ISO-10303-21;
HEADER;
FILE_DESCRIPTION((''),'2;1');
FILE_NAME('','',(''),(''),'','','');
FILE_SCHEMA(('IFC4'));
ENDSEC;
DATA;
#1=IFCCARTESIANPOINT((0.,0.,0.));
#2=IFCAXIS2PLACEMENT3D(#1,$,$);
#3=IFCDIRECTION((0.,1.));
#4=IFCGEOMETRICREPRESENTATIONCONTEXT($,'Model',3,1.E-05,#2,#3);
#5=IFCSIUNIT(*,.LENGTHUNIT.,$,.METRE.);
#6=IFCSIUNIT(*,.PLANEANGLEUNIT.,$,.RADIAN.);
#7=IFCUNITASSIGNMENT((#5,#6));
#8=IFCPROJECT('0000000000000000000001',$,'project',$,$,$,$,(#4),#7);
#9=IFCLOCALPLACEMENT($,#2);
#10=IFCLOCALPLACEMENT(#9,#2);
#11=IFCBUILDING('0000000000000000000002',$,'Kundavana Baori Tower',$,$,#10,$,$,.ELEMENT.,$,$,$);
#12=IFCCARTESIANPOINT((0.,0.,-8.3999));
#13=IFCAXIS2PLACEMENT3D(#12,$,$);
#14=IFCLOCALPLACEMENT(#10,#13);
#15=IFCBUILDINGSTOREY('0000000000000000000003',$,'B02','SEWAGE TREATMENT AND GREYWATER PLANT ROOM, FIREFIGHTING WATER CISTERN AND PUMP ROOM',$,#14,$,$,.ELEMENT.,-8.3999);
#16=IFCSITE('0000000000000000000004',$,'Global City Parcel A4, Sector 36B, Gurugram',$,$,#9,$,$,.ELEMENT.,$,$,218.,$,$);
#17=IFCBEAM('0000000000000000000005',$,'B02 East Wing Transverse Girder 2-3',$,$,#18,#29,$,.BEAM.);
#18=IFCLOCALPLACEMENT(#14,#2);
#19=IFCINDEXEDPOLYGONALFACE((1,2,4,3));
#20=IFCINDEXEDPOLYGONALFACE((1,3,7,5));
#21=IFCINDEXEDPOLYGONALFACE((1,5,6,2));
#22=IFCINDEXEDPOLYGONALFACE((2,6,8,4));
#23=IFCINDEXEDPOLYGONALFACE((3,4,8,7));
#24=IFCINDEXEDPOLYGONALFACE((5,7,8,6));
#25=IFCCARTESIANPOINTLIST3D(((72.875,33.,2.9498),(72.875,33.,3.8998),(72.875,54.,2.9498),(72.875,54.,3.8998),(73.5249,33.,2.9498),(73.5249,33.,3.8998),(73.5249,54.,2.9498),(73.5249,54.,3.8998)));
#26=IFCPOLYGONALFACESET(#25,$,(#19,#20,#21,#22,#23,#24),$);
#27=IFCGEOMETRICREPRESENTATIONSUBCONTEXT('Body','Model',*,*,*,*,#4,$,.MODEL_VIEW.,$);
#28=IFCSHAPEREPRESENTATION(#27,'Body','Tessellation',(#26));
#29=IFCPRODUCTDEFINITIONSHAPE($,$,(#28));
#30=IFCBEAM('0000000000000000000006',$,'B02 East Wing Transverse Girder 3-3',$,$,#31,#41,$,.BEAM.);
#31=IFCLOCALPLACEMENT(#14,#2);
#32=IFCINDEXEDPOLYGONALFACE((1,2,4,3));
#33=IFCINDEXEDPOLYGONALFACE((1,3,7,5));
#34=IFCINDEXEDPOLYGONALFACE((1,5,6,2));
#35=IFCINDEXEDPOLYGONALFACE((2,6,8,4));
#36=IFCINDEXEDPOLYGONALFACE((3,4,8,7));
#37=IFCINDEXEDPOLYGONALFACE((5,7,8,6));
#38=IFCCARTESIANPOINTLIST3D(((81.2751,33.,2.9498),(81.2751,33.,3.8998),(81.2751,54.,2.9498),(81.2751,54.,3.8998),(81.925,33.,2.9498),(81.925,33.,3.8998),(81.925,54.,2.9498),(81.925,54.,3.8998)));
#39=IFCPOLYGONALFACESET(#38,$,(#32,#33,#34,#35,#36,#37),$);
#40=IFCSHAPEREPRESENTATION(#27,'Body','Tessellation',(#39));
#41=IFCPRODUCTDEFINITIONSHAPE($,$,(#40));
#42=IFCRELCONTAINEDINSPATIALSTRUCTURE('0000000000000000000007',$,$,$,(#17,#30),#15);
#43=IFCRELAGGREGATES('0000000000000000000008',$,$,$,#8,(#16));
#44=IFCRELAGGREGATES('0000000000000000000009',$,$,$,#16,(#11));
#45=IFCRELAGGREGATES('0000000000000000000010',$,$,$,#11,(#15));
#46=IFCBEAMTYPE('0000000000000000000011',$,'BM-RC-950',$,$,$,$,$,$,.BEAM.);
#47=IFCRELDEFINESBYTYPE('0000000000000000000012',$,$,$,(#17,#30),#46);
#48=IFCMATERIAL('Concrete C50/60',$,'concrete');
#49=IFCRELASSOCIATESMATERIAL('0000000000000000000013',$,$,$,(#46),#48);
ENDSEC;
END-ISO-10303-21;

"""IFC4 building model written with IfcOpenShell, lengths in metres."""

from ifc_helpers import new_model, si_unit, direction, frame, origin, origin_2d, place, context, subcontext, project, spatial, rectangle, extrude, material, material_profile, profile_set, type_object, element, save


model = new_model("IFC4")

# Units and contexts
model_context = context("Model", 3, precision=1e-05, world=origin(), true_north=direction((0.0, 1.0)))
body_context = subcontext(model_context, "Body", "Model", "MODEL_VIEW")
ifc_project = project(units=[si_unit("LENGTHUNIT", "METRE"), si_unit("PLANEANGLEUNIT", "RADIAN")], contexts=[model_context])

# Site, building, storey
site_placement = place(None, origin())
site = spatial("IfcSite", under=ifc_project, at=site_placement, Name="Global City Parcel A4, Sector 36B, Gurugram", CompositionType="ELEMENT", RefElevation=218.0)
building_placement = place(site_placement, origin())
building = spatial("IfcBuilding", under=site, at=building_placement, Name="Kundavana Baori Tower", CompositionType="ELEMENT")
storey_placement = place(building_placement, frame((0.0, 0.0, -8.3999)))
storey = spatial("IfcBuildingStorey", under=building, at=storey_placement, Name="B02", Description="SEWAGE TREATMENT AND GREYWATER PLANT ROOM, FIREFIGHTING WATER CISTERN AND PUMP ROOM", CompositionType="ELEMENT", Elevation=-8.3999)

# Beams
ifc_material_1 = material(Name="Concrete C50/60", Category="concrete")
ifc_material_profile_1 = material_profile(ifc_material_1, rectangle(XDim=0.6499, YDim=0.95, at=origin_2d()), Name="RC BM 650x950")
ifc_profile_set_1 = profile_set([ifc_material_profile_1], Name="Concrete C50/60")
beam_type = type_object("IfcBeamType", Name="BM-RC-950", PredefinedType="BEAM", material=ifc_profile_set_1)
for number, where, z_axis, x_axis, name in (
    (1, (73.2, 33.0, 3.4248), (0.0, 1.0, 0.0), (-1.0, 0.0, 0.0), "B02 East Wing Transverse Girder 2-3"),
    (2, (81.6001, 33.0, 3.4248), (0.0, 1.0, 0.0), (-1.0, 0.0, 0.0), "B02 East Wing Transverse Girder 3-3"),
):
    element("IfcBeam", number, at=place(storey_placement, frame(where, z_axis=z_axis, x_axis=x_axis)), inside=storey, type_object=beam_type, Name=name, PredefinedType="BEAM", context=body_context, shape_type="SweptSolid", body=[
        extrude(rectangle(XDim=0.6499, YDim=0.95, at=origin_2d()), origin(), (0.0, 0.0, 1.0), 21.0),
    ])

save(model, "model.ifc")
